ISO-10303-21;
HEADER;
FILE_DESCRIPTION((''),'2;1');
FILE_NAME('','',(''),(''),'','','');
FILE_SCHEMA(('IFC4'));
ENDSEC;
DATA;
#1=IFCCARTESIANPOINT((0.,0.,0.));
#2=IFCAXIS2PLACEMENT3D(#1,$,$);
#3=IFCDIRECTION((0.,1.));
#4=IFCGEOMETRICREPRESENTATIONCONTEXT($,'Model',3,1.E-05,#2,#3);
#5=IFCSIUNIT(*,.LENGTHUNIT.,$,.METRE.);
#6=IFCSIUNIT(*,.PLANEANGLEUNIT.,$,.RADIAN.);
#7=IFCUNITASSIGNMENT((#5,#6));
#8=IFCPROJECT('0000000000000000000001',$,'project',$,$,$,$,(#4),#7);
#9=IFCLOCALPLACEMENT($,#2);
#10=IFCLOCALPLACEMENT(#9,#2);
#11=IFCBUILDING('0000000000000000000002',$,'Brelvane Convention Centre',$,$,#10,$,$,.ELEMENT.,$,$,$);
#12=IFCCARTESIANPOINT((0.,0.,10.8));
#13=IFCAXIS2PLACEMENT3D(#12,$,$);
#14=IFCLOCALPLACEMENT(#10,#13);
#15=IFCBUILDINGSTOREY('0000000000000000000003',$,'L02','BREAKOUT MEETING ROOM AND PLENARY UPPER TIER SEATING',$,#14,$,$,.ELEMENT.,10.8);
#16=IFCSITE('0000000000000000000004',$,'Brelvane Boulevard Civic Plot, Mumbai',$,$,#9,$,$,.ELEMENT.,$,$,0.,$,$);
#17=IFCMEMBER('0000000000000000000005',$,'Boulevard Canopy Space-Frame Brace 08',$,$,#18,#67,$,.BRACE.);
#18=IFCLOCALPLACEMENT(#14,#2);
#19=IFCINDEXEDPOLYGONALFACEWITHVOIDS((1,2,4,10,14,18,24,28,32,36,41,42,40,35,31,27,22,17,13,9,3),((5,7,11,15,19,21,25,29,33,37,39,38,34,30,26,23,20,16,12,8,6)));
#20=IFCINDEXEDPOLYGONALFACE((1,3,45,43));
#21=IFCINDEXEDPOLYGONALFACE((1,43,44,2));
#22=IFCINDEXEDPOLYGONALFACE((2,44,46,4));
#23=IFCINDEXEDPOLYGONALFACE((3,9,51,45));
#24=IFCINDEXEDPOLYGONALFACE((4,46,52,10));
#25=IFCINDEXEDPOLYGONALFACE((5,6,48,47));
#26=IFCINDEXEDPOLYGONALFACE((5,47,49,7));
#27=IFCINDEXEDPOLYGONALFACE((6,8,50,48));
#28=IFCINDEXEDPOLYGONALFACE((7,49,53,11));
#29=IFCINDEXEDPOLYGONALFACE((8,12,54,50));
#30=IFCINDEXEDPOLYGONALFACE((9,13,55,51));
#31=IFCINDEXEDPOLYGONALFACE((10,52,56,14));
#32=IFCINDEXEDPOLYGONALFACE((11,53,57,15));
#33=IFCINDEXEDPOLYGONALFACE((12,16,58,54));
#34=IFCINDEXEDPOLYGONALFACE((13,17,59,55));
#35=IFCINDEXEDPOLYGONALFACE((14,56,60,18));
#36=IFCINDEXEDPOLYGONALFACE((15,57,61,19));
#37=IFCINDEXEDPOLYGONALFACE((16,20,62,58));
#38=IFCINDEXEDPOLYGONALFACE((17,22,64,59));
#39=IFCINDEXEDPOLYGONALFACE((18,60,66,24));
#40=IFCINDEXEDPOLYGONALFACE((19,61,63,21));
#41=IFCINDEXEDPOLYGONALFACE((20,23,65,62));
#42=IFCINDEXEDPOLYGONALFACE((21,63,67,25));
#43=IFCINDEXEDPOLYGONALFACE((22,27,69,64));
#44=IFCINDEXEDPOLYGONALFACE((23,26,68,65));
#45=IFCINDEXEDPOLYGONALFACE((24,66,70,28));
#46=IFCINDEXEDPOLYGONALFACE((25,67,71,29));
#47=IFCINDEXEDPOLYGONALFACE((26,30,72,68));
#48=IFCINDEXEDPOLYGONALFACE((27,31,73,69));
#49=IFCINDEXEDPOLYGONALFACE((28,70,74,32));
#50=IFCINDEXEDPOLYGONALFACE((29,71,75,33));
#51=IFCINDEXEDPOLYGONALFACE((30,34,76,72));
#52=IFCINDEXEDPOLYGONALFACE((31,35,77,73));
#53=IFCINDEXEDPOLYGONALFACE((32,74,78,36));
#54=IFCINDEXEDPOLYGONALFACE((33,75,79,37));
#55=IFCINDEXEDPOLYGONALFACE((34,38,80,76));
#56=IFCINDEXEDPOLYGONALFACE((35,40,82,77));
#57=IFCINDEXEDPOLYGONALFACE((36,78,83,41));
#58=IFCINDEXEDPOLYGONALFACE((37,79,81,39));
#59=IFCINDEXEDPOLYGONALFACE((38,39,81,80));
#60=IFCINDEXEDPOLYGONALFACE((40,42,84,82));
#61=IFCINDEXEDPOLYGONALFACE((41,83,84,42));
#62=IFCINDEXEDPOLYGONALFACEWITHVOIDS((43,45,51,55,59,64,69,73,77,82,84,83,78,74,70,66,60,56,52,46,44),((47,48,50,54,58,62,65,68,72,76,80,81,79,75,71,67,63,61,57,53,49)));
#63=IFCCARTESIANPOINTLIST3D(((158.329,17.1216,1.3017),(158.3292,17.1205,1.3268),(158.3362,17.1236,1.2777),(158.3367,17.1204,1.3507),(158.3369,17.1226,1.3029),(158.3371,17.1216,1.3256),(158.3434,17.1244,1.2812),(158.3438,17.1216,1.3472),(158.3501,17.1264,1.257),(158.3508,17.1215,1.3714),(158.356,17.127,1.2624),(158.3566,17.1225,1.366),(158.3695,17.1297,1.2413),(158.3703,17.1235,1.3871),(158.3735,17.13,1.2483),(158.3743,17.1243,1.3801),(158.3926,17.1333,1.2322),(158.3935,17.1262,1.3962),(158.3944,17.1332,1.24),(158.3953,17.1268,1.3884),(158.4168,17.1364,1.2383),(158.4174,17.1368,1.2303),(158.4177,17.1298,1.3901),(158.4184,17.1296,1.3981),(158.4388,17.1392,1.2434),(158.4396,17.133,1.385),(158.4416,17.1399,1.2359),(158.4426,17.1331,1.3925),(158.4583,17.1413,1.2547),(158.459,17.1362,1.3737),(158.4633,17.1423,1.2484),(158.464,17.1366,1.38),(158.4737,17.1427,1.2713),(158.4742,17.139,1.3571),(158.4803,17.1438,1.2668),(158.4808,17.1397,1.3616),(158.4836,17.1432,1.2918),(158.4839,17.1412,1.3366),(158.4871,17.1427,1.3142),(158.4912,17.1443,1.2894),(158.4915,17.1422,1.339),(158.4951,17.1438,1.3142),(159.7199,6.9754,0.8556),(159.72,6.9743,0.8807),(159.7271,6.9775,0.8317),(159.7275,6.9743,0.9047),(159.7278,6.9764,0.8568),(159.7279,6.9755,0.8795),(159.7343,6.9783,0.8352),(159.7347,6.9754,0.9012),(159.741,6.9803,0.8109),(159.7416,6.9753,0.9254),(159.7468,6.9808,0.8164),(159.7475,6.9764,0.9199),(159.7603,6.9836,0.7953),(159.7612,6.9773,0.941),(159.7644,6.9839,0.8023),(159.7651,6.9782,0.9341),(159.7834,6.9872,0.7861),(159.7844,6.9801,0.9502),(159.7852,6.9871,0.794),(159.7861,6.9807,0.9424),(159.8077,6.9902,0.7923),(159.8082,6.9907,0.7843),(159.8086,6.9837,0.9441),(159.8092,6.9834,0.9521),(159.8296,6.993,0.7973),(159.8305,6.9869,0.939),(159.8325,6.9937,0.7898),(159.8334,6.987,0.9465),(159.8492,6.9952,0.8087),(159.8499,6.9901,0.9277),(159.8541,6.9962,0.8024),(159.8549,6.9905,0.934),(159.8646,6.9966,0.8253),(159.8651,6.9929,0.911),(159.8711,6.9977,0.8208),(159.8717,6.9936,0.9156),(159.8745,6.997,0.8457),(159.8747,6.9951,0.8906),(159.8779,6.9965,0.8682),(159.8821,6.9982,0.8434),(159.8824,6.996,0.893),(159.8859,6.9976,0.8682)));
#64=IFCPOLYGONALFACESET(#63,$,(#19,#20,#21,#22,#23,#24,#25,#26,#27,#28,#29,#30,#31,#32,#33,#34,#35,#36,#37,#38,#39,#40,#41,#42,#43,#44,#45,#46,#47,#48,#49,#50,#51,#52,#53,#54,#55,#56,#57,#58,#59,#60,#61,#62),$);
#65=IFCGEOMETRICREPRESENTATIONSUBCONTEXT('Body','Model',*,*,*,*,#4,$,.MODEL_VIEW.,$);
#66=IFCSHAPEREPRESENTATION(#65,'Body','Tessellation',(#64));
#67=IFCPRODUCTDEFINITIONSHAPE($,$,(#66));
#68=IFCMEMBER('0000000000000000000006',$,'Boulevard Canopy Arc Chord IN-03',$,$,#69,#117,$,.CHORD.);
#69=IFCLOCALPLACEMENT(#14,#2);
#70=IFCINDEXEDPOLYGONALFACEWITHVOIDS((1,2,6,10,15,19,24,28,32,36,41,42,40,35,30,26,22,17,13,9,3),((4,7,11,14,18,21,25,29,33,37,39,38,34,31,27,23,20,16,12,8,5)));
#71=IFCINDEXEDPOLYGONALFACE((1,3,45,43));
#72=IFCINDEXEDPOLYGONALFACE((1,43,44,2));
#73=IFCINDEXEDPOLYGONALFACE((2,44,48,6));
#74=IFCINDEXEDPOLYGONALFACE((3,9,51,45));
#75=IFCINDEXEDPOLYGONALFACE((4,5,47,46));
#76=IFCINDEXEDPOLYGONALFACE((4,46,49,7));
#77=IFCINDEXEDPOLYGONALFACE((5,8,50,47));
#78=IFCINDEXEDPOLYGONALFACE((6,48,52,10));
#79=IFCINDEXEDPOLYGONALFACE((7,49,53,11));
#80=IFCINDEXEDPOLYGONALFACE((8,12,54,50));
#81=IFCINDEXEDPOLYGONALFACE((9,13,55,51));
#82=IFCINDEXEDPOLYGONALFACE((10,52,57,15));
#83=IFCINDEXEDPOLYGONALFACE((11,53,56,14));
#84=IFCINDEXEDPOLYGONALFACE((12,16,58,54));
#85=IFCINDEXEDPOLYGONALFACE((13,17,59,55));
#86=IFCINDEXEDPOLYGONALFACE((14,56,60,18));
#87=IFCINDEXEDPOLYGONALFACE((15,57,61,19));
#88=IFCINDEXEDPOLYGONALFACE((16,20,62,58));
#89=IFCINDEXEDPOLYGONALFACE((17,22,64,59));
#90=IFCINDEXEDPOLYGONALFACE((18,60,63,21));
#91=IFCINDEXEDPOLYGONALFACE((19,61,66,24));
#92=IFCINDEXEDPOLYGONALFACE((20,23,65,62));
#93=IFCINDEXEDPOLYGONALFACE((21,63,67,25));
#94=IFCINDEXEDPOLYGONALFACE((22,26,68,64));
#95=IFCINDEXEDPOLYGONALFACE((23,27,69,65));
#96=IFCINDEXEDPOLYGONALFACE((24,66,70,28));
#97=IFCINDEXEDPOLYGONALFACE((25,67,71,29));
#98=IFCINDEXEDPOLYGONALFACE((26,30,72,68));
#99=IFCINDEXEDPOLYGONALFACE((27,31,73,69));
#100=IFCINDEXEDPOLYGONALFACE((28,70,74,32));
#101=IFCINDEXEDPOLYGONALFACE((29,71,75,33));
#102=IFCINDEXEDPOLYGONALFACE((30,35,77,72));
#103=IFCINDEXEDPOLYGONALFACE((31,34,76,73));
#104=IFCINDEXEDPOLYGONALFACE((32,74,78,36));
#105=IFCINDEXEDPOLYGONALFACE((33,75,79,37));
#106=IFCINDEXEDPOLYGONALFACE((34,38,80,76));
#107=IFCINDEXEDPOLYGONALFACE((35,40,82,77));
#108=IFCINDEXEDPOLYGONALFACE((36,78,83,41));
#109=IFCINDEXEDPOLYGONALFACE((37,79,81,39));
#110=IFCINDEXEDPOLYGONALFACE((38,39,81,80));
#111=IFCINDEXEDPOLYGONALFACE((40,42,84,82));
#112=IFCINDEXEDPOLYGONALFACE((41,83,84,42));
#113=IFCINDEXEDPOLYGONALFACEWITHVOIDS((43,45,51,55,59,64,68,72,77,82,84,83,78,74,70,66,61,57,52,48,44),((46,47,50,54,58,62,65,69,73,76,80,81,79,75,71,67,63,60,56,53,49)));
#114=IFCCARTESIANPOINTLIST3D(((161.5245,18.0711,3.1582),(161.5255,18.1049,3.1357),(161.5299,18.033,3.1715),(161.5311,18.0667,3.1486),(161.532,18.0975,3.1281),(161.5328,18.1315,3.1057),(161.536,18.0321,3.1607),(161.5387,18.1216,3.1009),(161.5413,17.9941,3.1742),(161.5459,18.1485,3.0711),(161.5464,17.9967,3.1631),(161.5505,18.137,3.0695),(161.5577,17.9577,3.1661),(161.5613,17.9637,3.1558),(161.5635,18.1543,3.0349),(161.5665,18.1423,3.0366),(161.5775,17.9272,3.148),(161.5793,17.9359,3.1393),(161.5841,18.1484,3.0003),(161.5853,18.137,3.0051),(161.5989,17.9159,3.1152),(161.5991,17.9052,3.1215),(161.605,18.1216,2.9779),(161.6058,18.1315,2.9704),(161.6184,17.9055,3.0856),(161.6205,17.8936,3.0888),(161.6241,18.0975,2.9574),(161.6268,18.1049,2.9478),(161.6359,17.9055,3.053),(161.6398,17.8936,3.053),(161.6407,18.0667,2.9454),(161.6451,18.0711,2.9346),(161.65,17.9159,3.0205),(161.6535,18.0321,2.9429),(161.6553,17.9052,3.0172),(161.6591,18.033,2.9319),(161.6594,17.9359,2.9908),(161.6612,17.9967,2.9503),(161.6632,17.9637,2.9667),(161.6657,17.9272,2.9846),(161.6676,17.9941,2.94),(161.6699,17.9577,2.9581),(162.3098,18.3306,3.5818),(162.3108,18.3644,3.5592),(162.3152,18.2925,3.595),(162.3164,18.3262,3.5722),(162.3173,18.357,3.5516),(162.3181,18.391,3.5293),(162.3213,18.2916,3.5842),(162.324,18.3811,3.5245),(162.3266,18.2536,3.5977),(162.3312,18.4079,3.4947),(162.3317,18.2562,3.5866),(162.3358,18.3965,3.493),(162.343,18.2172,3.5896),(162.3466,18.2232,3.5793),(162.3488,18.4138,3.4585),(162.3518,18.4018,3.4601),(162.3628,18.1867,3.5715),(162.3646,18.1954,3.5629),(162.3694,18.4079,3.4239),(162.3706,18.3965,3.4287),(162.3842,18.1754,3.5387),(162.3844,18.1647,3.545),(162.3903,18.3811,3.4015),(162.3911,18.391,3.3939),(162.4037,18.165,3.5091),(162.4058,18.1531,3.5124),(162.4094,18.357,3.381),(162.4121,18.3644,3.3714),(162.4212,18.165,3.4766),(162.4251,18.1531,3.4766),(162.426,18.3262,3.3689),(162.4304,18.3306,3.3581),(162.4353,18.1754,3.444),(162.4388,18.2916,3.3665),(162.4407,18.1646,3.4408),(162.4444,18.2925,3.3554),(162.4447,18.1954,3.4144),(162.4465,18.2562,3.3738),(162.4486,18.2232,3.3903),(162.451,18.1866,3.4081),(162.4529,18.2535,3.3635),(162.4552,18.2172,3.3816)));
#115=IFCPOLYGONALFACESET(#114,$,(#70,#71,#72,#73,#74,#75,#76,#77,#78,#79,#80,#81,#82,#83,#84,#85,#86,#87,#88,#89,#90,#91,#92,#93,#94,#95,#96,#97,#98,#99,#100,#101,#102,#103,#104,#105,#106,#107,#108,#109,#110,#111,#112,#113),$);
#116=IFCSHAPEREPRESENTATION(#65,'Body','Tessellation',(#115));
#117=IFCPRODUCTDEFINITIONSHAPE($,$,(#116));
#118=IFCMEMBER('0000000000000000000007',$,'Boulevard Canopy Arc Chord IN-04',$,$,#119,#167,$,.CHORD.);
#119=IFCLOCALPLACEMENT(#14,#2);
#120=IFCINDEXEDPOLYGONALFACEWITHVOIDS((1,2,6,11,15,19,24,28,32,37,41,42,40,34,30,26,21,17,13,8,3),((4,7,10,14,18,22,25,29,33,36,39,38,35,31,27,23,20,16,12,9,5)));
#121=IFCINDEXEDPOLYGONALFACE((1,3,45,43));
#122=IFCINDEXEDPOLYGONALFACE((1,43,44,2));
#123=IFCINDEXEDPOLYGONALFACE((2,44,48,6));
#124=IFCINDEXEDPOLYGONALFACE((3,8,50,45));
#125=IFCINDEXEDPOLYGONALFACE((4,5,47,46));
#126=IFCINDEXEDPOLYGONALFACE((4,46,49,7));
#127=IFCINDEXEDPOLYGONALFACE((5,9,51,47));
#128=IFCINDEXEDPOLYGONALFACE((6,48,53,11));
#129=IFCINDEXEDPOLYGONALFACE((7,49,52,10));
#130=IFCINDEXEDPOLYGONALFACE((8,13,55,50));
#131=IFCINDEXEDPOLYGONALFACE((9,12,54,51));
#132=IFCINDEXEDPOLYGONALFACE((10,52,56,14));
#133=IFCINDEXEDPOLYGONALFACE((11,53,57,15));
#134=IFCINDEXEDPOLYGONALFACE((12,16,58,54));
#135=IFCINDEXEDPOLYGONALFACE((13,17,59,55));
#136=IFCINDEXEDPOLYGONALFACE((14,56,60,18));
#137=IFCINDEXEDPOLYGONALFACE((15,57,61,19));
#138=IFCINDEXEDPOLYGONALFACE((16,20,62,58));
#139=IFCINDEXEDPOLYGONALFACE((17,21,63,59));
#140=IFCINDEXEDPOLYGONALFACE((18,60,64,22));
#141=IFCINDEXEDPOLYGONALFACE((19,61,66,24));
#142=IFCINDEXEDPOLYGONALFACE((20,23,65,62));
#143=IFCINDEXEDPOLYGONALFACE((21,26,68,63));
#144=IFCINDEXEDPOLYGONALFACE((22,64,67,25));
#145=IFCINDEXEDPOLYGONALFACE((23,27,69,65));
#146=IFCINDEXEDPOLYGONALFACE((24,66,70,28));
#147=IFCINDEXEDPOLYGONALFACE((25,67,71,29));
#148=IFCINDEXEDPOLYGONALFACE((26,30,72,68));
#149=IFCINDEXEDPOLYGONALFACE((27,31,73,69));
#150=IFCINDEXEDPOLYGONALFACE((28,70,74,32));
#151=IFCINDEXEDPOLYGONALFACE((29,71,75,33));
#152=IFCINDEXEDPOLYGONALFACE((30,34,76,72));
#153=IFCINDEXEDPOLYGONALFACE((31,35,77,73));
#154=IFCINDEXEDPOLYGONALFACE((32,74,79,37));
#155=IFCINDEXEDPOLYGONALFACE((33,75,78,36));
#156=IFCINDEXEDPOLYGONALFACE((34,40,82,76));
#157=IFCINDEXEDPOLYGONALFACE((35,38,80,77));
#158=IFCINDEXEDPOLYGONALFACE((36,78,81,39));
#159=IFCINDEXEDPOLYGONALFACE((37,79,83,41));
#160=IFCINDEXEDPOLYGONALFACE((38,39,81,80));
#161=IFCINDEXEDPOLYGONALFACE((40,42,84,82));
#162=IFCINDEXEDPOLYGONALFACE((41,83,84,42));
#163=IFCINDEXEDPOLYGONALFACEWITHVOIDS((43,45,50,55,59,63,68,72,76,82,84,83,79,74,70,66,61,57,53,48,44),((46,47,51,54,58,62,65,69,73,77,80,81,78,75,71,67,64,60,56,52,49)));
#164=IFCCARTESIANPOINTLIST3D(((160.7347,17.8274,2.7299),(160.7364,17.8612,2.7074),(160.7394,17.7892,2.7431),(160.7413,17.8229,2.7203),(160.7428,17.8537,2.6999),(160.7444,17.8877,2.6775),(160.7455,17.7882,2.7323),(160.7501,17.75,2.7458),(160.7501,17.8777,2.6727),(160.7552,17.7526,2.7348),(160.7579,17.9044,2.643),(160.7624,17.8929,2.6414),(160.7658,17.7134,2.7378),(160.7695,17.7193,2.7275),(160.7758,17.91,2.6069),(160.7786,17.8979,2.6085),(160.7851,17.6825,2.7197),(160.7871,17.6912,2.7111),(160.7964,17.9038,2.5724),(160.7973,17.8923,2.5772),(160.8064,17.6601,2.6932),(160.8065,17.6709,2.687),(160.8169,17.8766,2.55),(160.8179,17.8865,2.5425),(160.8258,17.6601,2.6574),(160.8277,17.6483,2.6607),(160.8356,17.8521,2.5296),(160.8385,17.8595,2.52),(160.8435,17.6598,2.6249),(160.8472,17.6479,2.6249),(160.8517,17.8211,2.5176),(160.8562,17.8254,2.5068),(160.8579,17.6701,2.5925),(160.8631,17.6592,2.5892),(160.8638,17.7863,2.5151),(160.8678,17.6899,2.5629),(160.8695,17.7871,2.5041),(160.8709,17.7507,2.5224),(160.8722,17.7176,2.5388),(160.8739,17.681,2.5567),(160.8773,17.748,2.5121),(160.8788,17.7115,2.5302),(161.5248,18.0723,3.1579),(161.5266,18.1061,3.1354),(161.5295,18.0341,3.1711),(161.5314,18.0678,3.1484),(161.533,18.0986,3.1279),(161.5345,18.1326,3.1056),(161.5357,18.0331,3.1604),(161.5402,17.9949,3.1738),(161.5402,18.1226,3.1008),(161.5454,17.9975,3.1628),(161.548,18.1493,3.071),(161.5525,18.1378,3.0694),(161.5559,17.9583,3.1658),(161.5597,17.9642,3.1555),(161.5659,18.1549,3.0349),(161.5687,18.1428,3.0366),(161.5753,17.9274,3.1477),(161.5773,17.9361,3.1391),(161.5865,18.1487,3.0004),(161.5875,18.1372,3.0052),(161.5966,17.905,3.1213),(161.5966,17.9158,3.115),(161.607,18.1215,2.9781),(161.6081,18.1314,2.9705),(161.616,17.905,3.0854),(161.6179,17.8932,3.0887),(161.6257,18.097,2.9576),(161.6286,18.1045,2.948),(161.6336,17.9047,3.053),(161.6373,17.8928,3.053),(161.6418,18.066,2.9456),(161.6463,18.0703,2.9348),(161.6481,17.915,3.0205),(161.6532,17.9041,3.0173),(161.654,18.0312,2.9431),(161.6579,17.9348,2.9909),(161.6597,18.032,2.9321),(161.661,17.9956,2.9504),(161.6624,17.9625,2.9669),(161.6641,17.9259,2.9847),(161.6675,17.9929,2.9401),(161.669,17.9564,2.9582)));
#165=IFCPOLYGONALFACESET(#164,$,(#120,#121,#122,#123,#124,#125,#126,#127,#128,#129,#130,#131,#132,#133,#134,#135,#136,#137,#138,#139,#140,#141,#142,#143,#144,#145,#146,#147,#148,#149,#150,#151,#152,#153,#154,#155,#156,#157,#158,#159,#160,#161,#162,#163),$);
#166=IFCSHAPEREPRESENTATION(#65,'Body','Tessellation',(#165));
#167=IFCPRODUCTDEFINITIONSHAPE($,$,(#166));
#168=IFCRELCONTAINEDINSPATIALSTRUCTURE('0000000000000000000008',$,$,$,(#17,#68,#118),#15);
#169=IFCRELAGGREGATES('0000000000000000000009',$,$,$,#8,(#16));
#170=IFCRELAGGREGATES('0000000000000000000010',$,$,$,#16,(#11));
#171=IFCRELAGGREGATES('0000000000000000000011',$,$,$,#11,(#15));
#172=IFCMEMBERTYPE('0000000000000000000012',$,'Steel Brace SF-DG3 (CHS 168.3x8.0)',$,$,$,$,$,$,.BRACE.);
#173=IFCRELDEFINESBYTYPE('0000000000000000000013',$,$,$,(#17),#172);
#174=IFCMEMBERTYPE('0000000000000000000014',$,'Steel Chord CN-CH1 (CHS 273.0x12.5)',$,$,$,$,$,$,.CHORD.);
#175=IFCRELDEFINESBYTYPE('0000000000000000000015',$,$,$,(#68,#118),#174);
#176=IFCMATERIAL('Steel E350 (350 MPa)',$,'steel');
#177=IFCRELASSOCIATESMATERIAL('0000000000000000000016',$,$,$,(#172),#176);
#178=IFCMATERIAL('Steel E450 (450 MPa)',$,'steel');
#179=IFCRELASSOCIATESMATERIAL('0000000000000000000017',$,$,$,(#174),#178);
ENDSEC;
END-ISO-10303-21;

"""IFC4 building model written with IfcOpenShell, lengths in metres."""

from ifc_helpers import new_model, si_unit, direction, frame, origin, origin_2d, place, context, subcontext, project, spatial, hollow_circle, extrude, material, material_profile, profile_set, type_object, element, save


model = new_model("IFC4")

# Units and contexts
model_context = context("Model", 3, precision=1e-05, world=origin(), true_north=direction((0.0, 1.0)))
body_context = subcontext(model_context, "Body", "Model", "MODEL_VIEW")
ifc_project = project(units=[si_unit("LENGTHUNIT", "METRE"), si_unit("PLANEANGLEUNIT", "RADIAN")], contexts=[model_context])

# Site, building, storey
site_placement = place(None, origin())
site = spatial("IfcSite", under=ifc_project, at=site_placement, Name="Brelvane Boulevard Civic Plot, Mumbai", CompositionType="ELEMENT", RefElevation=0.0)
building_placement = place(site_placement, origin())
building = spatial("IfcBuilding", under=site, at=building_placement, Name="Brelvane Convention Centre", CompositionType="ELEMENT")
storey_placement = place(building_placement, frame((0.0, 0.0, 10.8)))
storey = spatial("IfcBuildingStorey", under=building, at=storey_placement, Name="L02", Description="BREAKOUT MEETING ROOM AND PLENARY UPPER TIER SEATING", CompositionType="ELEMENT", Elevation=10.8)

# Members
ifc_material_1 = material(Name="Steel E350 (350 MPa)", Category="steel")
ifc_material_profile_1 = material_profile(ifc_material_1, hollow_circle(Radius=0.0842, WallThickness=0.0081, at=origin_2d()), Name="CHS 168.3x8.0")
ifc_profile_set_1 = profile_set([ifc_material_profile_1], Name="Steel E350 (350 MPa)")
member_type_1 = type_object("IfcMemberType", Name="Steel Brace SF-DG3 (CHS 168.3x8.0)", PredefinedType="BRACE", material=ifc_profile_set_1)
member_1_placement = place(storey_placement, frame((158.4116, 17.1323, 1.3142), z_axis=(0.135683, -0.989796, -0.043513), x_axis=(0.990735, 0.135812, 0.0)))
element("IfcMember", 1, at=member_1_placement, inside=storey, type_object=member_type_1, Name="Boulevard Canopy Space-Frame Brace 08", PredefinedType="BRACE", context=body_context, shape_type="SweptSolid", body=[
    extrude(hollow_circle(Radius=0.0842, WallThickness=0.0081, at=origin_2d()), origin(), (0.0, 0.0, 1.0), 10.2507),
])
ifc_material_2 = material(Name="Steel E450 (450 MPa)", Category="steel")
ifc_material_profile_2 = material_profile(ifc_material_2, hollow_circle(Radius=0.1365, WallThickness=0.0125, at=origin_2d()), Name="CHS 273.0x12.5")
ifc_profile_set_2 = profile_set([ifc_material_profile_2], Name="Steel E450 (450 MPa)")
member_type_2 = type_object("IfcMemberType", Name="Steel Chord CN-CH1 (CHS 273.0x12.5)", PredefinedType="CHORD", material=ifc_profile_set_2)
member_2_placement = place(storey_placement, frame((162.3823, 18.2827, 3.4766), z_axis=(-0.845138, -0.279261, -0.455802), x_axis=(0.313747, -0.949506, 0.0)))
element("IfcMember", 2, at=member_2_placement, inside=storey, type_object=member_type_2, Name="Boulevard Canopy Arc Chord IN-03", PredefinedType="CHORD", context=body_context, shape_type="SweptSolid", body=[
    extrude(hollow_circle(Radius=0.1365, WallThickness=0.0125, at=origin_2d()), origin(), (0.0, 0.0, 1.0), 0.9292),
])
member_3_placement = place(storey_placement, frame((161.5969, 18.0232, 3.053), z_axis=(-0.848333, -0.262941, -0.459557), x_axis=(0.296056, -0.955171, 0.0)))
element("IfcMember", 3, at=member_3_placement, inside=storey, type_object=member_type_2, Name="Boulevard Canopy Arc Chord IN-04", PredefinedType="CHORD", context=body_context, shape_type="SweptSolid", body=[
    extrude(hollow_circle(Radius=0.1365, WallThickness=0.0125, at=origin_2d()), origin(), (0.0, 0.0, 1.0), 0.9314),
])

save(model, "model.ifc")
